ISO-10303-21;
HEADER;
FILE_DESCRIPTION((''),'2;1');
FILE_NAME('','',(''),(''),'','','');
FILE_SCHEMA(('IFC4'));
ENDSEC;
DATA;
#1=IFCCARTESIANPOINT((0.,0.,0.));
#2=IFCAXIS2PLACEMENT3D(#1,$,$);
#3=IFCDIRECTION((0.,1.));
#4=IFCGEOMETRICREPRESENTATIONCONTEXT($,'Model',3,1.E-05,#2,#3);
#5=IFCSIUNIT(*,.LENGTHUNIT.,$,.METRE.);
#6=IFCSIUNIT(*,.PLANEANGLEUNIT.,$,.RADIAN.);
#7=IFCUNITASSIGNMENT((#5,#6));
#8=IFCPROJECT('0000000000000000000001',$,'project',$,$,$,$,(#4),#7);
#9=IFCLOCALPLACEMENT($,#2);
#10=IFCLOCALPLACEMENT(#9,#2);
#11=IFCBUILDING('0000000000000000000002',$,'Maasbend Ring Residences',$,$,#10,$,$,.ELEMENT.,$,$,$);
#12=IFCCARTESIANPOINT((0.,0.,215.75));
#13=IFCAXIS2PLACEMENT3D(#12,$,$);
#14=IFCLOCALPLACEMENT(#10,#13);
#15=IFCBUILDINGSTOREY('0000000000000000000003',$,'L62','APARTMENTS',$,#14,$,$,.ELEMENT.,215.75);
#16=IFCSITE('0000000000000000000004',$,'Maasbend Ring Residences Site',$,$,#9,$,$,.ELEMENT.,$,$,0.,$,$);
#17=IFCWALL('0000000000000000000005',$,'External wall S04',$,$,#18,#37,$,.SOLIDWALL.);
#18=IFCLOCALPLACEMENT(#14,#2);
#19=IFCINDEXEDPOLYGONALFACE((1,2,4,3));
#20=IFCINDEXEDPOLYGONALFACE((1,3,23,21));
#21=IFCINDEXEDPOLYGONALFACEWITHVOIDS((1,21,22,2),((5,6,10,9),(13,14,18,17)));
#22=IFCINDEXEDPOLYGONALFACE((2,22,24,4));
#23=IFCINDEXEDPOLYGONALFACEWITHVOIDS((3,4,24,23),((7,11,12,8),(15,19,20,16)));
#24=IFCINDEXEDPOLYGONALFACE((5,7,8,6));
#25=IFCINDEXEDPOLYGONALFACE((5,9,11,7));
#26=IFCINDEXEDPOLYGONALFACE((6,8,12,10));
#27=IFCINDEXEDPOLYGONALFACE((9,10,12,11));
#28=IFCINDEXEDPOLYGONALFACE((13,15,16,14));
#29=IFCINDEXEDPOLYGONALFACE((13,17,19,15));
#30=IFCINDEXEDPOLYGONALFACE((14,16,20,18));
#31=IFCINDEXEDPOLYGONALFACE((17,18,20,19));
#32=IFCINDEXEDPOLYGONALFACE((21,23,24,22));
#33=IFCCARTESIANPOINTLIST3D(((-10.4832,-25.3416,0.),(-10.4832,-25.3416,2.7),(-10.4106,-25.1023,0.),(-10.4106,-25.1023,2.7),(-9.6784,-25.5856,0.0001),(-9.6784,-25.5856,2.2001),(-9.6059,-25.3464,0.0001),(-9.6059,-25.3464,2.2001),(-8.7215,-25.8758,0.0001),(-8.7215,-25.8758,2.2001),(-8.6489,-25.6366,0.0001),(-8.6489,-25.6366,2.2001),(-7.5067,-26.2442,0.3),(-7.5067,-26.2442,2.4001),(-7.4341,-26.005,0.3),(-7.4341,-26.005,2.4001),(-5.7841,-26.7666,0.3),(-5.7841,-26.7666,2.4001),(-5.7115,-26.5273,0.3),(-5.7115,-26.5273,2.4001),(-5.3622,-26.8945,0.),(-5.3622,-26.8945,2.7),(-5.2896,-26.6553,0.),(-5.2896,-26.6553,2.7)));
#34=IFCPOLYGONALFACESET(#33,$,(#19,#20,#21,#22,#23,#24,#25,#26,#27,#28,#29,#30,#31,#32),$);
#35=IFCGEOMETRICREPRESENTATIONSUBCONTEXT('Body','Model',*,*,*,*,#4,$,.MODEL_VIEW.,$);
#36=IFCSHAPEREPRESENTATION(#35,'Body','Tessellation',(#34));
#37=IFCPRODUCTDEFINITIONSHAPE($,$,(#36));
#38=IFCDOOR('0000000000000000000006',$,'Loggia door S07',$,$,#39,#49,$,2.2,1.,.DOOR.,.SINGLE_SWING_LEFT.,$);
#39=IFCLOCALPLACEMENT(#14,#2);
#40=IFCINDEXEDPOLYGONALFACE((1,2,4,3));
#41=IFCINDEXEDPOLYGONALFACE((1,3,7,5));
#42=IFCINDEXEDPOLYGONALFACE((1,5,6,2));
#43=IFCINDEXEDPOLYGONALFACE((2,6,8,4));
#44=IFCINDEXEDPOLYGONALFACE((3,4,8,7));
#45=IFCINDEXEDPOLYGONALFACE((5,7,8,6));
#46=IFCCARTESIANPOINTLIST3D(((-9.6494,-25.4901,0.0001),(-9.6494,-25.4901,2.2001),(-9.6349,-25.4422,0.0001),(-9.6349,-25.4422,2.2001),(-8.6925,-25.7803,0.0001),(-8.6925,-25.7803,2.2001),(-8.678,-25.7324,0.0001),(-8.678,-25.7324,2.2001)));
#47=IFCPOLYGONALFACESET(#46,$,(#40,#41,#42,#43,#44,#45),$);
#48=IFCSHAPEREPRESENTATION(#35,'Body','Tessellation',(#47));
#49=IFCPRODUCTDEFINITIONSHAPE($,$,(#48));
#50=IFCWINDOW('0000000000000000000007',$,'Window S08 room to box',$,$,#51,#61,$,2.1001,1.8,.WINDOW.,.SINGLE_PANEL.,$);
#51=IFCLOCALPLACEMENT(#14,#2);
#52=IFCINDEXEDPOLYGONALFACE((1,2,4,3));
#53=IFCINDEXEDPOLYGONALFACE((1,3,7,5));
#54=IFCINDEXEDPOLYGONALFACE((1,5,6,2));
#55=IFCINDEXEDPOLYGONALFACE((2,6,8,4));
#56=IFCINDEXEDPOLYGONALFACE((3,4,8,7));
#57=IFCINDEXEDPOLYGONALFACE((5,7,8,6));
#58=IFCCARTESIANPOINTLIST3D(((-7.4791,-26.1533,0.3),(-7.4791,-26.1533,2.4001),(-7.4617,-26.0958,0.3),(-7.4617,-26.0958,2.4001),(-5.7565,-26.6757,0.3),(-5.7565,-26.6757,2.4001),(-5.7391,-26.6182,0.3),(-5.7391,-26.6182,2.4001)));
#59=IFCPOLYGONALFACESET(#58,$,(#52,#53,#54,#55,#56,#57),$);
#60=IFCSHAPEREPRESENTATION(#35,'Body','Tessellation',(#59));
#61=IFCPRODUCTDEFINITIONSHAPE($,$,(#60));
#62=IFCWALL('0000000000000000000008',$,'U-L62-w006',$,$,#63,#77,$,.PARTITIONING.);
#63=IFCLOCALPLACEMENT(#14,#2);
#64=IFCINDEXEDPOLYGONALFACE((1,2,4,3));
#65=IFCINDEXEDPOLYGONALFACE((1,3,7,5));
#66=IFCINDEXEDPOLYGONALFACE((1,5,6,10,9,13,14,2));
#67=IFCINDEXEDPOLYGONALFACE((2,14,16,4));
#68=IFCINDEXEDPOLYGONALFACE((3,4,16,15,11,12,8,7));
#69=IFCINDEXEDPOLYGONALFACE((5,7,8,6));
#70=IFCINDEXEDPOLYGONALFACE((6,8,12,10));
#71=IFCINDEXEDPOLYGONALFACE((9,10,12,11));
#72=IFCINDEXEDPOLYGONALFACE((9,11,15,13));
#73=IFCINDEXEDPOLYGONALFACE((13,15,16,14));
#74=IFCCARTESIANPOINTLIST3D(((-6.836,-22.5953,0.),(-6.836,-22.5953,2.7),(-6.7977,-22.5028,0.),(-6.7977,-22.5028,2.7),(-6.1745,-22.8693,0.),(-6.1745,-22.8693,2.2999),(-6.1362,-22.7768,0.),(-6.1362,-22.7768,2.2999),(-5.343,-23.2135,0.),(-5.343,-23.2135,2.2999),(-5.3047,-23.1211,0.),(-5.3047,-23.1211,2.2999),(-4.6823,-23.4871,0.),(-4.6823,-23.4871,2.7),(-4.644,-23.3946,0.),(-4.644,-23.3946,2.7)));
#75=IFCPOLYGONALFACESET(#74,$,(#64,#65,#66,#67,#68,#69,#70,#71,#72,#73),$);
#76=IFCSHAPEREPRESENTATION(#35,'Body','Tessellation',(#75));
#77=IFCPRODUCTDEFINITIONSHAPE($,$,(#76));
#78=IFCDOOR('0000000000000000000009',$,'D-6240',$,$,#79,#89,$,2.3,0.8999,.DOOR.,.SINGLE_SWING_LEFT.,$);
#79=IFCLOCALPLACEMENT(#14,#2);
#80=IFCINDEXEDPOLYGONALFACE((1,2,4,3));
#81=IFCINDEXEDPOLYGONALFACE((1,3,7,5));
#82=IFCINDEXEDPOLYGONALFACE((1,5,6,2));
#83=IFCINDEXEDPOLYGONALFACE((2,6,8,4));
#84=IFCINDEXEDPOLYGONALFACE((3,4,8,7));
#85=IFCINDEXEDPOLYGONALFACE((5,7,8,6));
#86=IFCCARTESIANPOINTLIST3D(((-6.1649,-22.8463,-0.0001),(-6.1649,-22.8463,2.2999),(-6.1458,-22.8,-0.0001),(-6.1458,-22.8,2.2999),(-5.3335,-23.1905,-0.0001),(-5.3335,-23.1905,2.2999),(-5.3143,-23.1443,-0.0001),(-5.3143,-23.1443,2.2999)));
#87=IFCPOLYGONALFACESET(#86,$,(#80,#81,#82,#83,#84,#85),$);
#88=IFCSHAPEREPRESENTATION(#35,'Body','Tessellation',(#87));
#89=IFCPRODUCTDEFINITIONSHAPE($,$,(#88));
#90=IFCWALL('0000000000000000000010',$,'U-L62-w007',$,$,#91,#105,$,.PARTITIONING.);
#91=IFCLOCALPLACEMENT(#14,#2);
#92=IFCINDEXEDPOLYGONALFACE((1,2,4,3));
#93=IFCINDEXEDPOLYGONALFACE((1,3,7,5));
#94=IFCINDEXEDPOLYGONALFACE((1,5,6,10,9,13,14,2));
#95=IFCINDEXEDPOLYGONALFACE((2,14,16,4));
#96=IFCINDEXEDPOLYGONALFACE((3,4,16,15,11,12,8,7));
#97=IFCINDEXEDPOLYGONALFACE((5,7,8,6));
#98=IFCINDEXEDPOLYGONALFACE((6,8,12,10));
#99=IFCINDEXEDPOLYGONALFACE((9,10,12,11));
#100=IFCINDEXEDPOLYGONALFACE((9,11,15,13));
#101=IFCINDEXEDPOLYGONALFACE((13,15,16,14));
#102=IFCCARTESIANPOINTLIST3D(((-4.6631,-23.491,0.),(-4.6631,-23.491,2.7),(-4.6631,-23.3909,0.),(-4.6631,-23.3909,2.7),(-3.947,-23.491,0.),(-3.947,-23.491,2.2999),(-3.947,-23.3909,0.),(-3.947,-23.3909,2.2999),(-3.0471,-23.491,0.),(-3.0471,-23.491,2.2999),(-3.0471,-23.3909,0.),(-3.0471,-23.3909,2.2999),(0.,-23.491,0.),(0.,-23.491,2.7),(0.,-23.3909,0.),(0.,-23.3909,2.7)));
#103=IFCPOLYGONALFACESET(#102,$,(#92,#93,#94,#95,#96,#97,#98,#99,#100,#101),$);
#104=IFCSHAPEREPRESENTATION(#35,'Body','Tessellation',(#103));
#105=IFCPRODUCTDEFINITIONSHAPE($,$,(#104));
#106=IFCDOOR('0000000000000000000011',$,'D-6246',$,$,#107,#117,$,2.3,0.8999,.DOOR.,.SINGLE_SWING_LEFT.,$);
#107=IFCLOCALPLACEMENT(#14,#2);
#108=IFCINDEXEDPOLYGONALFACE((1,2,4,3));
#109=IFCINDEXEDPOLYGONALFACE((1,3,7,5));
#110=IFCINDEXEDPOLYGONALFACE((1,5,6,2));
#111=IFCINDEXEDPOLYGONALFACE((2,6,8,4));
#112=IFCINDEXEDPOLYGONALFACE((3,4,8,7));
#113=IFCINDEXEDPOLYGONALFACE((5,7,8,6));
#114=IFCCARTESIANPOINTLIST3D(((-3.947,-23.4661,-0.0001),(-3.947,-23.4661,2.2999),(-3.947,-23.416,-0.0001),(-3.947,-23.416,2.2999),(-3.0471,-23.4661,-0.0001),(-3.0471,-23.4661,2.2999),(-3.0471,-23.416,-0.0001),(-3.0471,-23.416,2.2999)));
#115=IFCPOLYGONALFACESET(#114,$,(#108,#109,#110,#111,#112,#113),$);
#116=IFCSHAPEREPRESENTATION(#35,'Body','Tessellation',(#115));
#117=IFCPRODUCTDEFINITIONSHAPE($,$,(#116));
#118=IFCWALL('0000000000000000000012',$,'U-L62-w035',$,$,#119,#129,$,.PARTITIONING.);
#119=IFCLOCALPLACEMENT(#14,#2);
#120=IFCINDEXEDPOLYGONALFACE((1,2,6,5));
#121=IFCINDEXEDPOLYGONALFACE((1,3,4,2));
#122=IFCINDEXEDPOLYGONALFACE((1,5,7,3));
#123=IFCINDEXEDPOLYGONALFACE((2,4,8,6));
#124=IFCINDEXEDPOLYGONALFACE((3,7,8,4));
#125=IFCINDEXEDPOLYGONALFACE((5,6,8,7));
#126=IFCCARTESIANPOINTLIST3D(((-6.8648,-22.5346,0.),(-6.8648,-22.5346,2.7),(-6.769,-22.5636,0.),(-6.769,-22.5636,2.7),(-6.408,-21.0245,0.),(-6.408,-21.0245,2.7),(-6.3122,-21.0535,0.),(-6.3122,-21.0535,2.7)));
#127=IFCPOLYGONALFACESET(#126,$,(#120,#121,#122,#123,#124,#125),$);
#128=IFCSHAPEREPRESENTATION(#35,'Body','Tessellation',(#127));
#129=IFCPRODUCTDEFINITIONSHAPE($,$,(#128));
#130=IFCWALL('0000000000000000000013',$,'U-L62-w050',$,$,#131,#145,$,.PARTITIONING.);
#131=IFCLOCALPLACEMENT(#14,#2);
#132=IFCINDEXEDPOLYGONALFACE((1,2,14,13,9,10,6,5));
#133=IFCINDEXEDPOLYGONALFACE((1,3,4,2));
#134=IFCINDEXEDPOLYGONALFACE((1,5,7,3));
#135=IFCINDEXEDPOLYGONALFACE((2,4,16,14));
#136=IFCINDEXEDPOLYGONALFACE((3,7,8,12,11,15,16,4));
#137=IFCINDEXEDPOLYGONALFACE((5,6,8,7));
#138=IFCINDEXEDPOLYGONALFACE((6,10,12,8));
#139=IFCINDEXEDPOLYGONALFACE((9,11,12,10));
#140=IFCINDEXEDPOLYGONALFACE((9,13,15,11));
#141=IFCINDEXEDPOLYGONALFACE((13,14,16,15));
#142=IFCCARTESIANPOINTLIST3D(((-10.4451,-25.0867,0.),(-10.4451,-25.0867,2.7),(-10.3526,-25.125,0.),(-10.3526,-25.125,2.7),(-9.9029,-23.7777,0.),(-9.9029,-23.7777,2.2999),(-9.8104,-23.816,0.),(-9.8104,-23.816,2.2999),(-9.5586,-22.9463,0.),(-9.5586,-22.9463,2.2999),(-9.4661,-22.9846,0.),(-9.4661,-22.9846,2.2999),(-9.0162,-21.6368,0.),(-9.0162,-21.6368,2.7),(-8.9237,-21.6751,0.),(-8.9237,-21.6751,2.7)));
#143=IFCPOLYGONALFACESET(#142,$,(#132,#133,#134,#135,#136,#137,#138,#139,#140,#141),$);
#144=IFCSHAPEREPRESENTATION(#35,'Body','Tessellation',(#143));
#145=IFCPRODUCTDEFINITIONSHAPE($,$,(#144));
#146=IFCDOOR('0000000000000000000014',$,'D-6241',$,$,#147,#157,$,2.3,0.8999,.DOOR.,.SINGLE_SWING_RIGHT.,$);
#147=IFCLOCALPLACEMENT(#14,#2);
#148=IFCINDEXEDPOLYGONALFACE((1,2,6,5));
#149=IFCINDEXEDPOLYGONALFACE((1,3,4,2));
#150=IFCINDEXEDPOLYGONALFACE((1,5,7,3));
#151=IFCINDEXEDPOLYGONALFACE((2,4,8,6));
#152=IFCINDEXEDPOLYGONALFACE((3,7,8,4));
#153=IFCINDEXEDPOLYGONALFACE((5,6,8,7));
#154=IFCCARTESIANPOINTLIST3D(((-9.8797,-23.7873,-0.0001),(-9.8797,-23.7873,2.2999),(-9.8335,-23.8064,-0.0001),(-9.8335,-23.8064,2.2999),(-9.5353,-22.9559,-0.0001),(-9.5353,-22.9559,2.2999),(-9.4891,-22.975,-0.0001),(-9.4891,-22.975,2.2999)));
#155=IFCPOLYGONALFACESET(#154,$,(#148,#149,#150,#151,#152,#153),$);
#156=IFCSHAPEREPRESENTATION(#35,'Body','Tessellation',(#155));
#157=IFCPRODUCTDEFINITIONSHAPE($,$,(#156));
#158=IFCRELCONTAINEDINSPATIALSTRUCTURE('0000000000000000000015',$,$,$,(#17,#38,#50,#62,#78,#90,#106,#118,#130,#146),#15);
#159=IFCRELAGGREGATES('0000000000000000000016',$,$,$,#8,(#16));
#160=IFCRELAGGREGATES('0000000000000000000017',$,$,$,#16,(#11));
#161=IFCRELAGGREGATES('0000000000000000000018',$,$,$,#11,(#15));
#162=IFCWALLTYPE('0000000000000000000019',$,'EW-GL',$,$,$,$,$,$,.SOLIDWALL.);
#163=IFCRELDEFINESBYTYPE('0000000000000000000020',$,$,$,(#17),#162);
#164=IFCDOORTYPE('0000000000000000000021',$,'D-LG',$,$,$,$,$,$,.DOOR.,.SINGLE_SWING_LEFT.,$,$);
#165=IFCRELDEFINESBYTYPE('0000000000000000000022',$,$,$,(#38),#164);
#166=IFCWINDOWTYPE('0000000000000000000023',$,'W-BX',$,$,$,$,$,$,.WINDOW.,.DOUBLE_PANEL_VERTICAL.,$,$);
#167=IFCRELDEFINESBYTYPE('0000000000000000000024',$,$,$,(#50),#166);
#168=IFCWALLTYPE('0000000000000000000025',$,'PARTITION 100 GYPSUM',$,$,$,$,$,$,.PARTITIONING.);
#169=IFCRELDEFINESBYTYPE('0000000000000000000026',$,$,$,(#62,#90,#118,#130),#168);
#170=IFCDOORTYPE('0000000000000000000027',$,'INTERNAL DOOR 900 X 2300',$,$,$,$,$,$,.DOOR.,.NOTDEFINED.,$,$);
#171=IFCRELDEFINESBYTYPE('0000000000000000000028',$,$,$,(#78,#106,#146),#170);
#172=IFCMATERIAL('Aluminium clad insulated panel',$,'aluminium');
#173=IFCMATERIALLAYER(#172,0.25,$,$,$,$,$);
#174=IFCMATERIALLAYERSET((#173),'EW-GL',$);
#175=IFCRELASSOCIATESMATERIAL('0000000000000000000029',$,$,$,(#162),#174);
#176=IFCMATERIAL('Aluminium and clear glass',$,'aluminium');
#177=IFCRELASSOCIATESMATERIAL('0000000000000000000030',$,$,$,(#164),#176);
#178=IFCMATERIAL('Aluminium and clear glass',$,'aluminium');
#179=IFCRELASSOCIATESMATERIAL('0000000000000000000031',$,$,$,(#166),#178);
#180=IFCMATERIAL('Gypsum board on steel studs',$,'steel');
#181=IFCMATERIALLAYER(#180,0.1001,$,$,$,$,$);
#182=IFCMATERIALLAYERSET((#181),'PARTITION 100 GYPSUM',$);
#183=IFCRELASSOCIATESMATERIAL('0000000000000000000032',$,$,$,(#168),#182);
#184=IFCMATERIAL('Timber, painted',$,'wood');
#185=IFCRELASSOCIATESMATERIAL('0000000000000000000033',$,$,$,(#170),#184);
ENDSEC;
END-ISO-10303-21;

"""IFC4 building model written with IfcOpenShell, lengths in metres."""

from ifc_helpers import new_model, si_unit, direction, frame, frame_2d, origin, place, context, subcontext, project, spatial, rectangle, extrude, material, layer, layer_set, type_object, element, fill, save


model = new_model("IFC4")

# Units and contexts
model_context = context("Model", 3, precision=1e-05, world=origin(), true_north=direction((0.0, 1.0)))
body_context = subcontext(model_context, "Body", "Model", "MODEL_VIEW")
ifc_project = project(units=[si_unit("LENGTHUNIT", "METRE"), si_unit("PLANEANGLEUNIT", "RADIAN")], contexts=[model_context])

# Site, building, storey
site_placement = place(None, origin())
site = spatial("IfcSite", under=ifc_project, at=site_placement, Name="Maasbend Ring Residences Site", CompositionType="ELEMENT", RefElevation=0.0)
building_placement = place(site_placement, origin())
building = spatial("IfcBuilding", under=site, at=building_placement, Name="Maasbend Ring Residences", CompositionType="ELEMENT")
storey_placement = place(building_placement, frame((0.0, 0.0, 215.75)))
storey = spatial("IfcBuildingStorey", under=building, at=storey_placement, Name="L62", Description="APARTMENTS", CompositionType="ELEMENT", Elevation=215.75)

# Wall, openings, door, window
ifc_material_1 = material(Name="Aluminium clad insulated panel", Category="aluminium")
ifc_layer_1 = layer(ifc_material_1, 0.25)
ifc_layer_set_1 = layer_set([ifc_layer_1], Name="EW-GL")
wall_type_1 = type_object("IfcWallType", Name="EW-GL", PredefinedType="SOLIDWALL", material=ifc_layer_set_1)
wall_1_placement = place(storey_placement, frame((-10.447, -25.2219, 0.0), z_axis=(0.0, 0.0, 1.0), x_axis=(0.956966, -0.290201, 0.0)))
wall_1 = element("IfcWall", 1, at=wall_1_placement, inside=storey, type_object=wall_type_1, Name="External wall S04", PredefinedType="SOLIDWALL", context=body_context, shape_type="SweptSolid", body=[
    extrude(rectangle(XDim=5.3513, YDim=0.25, at=frame_2d((2.6758, 0.0))), origin(), (0.0, 0.0, 1.0), 2.7),
])
opening_1_placement = place(wall_1_placement, frame((0.8411, 0.0, 0.0)))
opening_1 = element("IfcOpeningElement", 2, at=opening_1_placement, cuts=wall_1, PredefinedType="OPENING", context=body_context, shape_type="SweptSolid", body=[
    extrude(rectangle(XDim=1.0, YDim=2.2, at=frame_2d((0.5, 1.1001))), frame((0.0, 0.135, 0.0), z_axis=(0.0, -1.0, 0.0), x_axis=(1.0, 0.0, 0.0)), (0.0, 0.0, 1.0), 0.27),
])
opening_2_placement = place(wall_1_placement, frame((3.1106, 0.0, 0.3)))
opening_2 = element("IfcOpeningElement", 3, at=opening_2_placement, cuts=wall_1, PredefinedType="OPENING", context=body_context, shape_type="SweptSolid", body=[
    extrude(rectangle(XDim=1.8, YDim=2.1001, at=frame_2d((0.8999, 1.05))), frame((0.0, 0.135, 0.0), z_axis=(0.0, -1.0, 0.0), x_axis=(1.0, 0.0, 0.0)), (0.0, 0.0, 1.0), 0.27),
])
ifc_material_2 = material(Name="Aluminium and clear glass", Category="aluminium")
door_type_1 = type_object("IfcDoorType", Name="D-LG", OperationType="SINGLE_SWING_LEFT", PredefinedType="DOOR", material=ifc_material_2)
door_1_placement = place(opening_1_placement, origin())
door_1 = element("IfcDoor", 4, at=door_1_placement, inside=storey, type_object=door_type_1, Name="Loggia door S07", OperationType="SINGLE_SWING_LEFT", OverallHeight=2.2, OverallWidth=1.0, PredefinedType="DOOR", context=body_context, shape_type="SweptSolid", body=[
    extrude(rectangle(XDim=1.0, YDim=2.2, at=frame_2d((0.5, 1.1001))), frame((0.0, 0.0249, 0.0), z_axis=(0.0, -1.0, 0.0), x_axis=(1.0, 0.0, 0.0)), (0.0, 0.0, 1.0), 0.05),
])
fill(opening_1, door_1)
ifc_material_3 = material(Name="Aluminium and clear glass", Category="aluminium")
window_type = type_object("IfcWindowType", Name="W-BX", PartitioningType="DOUBLE_PANEL_VERTICAL", PredefinedType="WINDOW", material=ifc_material_3)
window_placement = place(opening_2_placement, origin())
window = element("IfcWindow", 5, at=window_placement, inside=storey, type_object=window_type, Name="Window S08 room to box", OverallHeight=2.1001, OverallWidth=1.8, PartitioningType="SINGLE_PANEL", PredefinedType="WINDOW", context=body_context, shape_type="SweptSolid", body=[
    extrude(rectangle(XDim=1.8, YDim=2.1001, at=frame_2d((0.8999, 1.05))), frame((0.0, 0.03, 0.0), z_axis=(0.0, -1.0, 0.0), x_axis=(1.0, 0.0, 0.0)), (0.0, 0.0, 1.0), 0.0601),
])
fill(opening_2, window)

# Walls, openings, doors
ifc_material_4 = material(Name="Gypsum board on steel studs", Category="steel")
ifc_layer_2 = layer(ifc_material_4, 0.1001)
ifc_layer_set_2 = layer_set([ifc_layer_2], Name="PARTITION 100 GYPSUM")
wall_type_2 = type_object("IfcWallType", Name="PARTITION 100 GYPSUM", PredefinedType="PARTITIONING", material=ifc_layer_set_2)
wall_2_placement = place(storey_placement, frame((-6.8169, -22.5491, 0.0), z_axis=(0.0, 0.0, 1.0), x_axis=(0.923924, -0.382577, 0.0)))
wall_2 = element("IfcWall", 6, at=wall_2_placement, inside=storey, type_object=wall_type_2, Name="U-L62-w006", PredefinedType="PARTITIONING", context=body_context, shape_type="SweptSolid", body=[
    extrude(rectangle(XDim=2.3311, YDim=0.1001, at=frame_2d((1.1655, 0.0))), origin(), (0.0, 0.0, 1.0), 2.7),
])
opening_3_placement = place(wall_2_placement, frame((0.7161, 0.0, 0.0)))
opening_3 = element("IfcOpeningElement", 7, at=opening_3_placement, cuts=wall_2, PredefinedType="OPENING", context=body_context, shape_type="SweptSolid", body=[
    extrude(rectangle(XDim=0.8999, YDim=2.3, at=frame_2d((0.45, 1.1499))), frame((0.0, 0.0601, 0.0), z_axis=(0.0, -1.0, 0.0), x_axis=(1.0, 0.0, 0.0)), (0.0, 0.0, 1.0), 0.1201),
])
ifc_material_5 = material(Name="Timber, painted", Category="wood")
door_type_2 = type_object("IfcDoorType", Name="INTERNAL DOOR 900 X 2300", OperationType="NOTDEFINED", PredefinedType="DOOR", material=ifc_material_5)
door_2_placement = place(opening_3_placement, origin())
door_2 = element("IfcDoor", 8, at=door_2_placement, inside=storey, type_object=door_type_2, Name="D-6240", OperationType="SINGLE_SWING_LEFT", OverallHeight=2.3, OverallWidth=0.8999, PredefinedType="DOOR", context=body_context, shape_type="SweptSolid", body=[
    extrude(rectangle(XDim=0.8999, YDim=2.3, at=frame_2d((0.45, 1.1499))), frame((0.0, 0.0249, 0.0), z_axis=(0.0, -1.0, 0.0), x_axis=(1.0, 0.0, 0.0)), (0.0, 0.0, 1.0), 0.05),
])
fill(opening_3, door_2)
wall_3_placement = place(storey_placement, frame((-4.6631, -23.4409, 0.0), z_axis=(0.0, 0.0, 1.0), x_axis=(1.0, 0.0, 0.0)))
wall_3 = element("IfcWall", 9, at=wall_3_placement, inside=storey, type_object=wall_type_2, Name="U-L62-w007", PredefinedType="PARTITIONING", context=body_context, shape_type="SweptSolid", body=[
    extrude(rectangle(XDim=4.6631, YDim=0.1001, at=frame_2d((2.3315, 0.0))), origin(), (0.0, 0.0, 1.0), 2.7),
])
opening_4_placement = place(wall_3_placement, frame((0.7161, 0.0, 0.0)))
opening_4 = element("IfcOpeningElement", 10, at=opening_4_placement, cuts=wall_3, PredefinedType="OPENING", context=body_context, shape_type="SweptSolid", body=[
    extrude(rectangle(XDim=0.8999, YDim=2.3, at=frame_2d((0.45, 1.1499))), frame((0.0, 0.0601, 0.0), z_axis=(0.0, -1.0, 0.0), x_axis=(1.0, 0.0, 0.0)), (0.0, 0.0, 1.0), 0.1201),
])
door_3_placement = place(opening_4_placement, origin())
door_3 = element("IfcDoor", 11, at=door_3_placement, inside=storey, type_object=door_type_2, Name="D-6246", OperationType="SINGLE_SWING_LEFT", OverallHeight=2.3, OverallWidth=0.8999, PredefinedType="DOOR", context=body_context, shape_type="SweptSolid", body=[
    extrude(rectangle(XDim=0.8999, YDim=2.3, at=frame_2d((0.45, 1.1499))), frame((0.0, 0.0249, 0.0), z_axis=(0.0, -1.0, 0.0), x_axis=(1.0, 0.0, 0.0)), (0.0, 0.0, 1.0), 0.05),
])
fill(opening_4, door_3)

# Wall
wall_4_placement = place(storey_placement, frame((-6.8169, -22.5491, 0.0), z_axis=(0.0, 0.0, 1.0), x_axis=(0.289548, 0.957164, 0.0)))
element("IfcWall", 12, at=wall_4_placement, inside=storey, type_object=wall_type_2, Name="U-L62-w035", PredefinedType="PARTITIONING", context=body_context, shape_type="SweptSolid", body=[
    extrude(rectangle(XDim=1.5776, YDim=0.1001, at=frame_2d((0.7888, 0.0))), origin(), (0.0, 0.0, 1.0), 2.7),
])

# Wall, opening, door
wall_5_placement = place(storey_placement, frame((-10.3989, -25.106, 0.0), z_axis=(0.0, 0.0, 1.0), x_axis=(0.382669, 0.923885, 0.0)))
wall_5 = element("IfcWall", 13, at=wall_5_placement, inside=storey, type_object=wall_type_2, Name="U-L62-w050", PredefinedType="PARTITIONING", context=body_context, shape_type="SweptSolid", body=[
    extrude(rectangle(XDim=3.7341, YDim=0.1001, at=frame_2d((1.8672, 0.0))), origin(), (0.0, 0.0, 1.0), 2.7),
])
opening_5_placement = place(wall_5_placement, frame((1.417, 0.0, 0.0)))
opening_5 = element("IfcOpeningElement", 14, at=opening_5_placement, cuts=wall_5, PredefinedType="OPENING", context=body_context, shape_type="SweptSolid", body=[
    extrude(rectangle(XDim=0.8999, YDim=2.3, at=frame_2d((0.45, 1.1499))), frame((0.0, 0.0601, 0.0), z_axis=(0.0, -1.0, 0.0), x_axis=(1.0, 0.0, 0.0)), (0.0, 0.0, 1.0), 0.1201),
])
door_4_placement = place(opening_5_placement, origin())
door_4 = element("IfcDoor", 15, at=door_4_placement, inside=storey, type_object=door_type_2, Name="D-6241", OperationType="SINGLE_SWING_RIGHT", OverallHeight=2.3, OverallWidth=0.8999, PredefinedType="DOOR", context=body_context, shape_type="SweptSolid", body=[
    extrude(rectangle(XDim=0.8999, YDim=2.3, at=frame_2d((0.45, 1.1499))), frame((0.0, 0.0249, 0.0), z_axis=(0.0, -1.0, 0.0), x_axis=(1.0, 0.0, 0.0)), (0.0, 0.0, 1.0), 0.05),
])
fill(opening_5, door_4)

save(model, "model.ifc")
